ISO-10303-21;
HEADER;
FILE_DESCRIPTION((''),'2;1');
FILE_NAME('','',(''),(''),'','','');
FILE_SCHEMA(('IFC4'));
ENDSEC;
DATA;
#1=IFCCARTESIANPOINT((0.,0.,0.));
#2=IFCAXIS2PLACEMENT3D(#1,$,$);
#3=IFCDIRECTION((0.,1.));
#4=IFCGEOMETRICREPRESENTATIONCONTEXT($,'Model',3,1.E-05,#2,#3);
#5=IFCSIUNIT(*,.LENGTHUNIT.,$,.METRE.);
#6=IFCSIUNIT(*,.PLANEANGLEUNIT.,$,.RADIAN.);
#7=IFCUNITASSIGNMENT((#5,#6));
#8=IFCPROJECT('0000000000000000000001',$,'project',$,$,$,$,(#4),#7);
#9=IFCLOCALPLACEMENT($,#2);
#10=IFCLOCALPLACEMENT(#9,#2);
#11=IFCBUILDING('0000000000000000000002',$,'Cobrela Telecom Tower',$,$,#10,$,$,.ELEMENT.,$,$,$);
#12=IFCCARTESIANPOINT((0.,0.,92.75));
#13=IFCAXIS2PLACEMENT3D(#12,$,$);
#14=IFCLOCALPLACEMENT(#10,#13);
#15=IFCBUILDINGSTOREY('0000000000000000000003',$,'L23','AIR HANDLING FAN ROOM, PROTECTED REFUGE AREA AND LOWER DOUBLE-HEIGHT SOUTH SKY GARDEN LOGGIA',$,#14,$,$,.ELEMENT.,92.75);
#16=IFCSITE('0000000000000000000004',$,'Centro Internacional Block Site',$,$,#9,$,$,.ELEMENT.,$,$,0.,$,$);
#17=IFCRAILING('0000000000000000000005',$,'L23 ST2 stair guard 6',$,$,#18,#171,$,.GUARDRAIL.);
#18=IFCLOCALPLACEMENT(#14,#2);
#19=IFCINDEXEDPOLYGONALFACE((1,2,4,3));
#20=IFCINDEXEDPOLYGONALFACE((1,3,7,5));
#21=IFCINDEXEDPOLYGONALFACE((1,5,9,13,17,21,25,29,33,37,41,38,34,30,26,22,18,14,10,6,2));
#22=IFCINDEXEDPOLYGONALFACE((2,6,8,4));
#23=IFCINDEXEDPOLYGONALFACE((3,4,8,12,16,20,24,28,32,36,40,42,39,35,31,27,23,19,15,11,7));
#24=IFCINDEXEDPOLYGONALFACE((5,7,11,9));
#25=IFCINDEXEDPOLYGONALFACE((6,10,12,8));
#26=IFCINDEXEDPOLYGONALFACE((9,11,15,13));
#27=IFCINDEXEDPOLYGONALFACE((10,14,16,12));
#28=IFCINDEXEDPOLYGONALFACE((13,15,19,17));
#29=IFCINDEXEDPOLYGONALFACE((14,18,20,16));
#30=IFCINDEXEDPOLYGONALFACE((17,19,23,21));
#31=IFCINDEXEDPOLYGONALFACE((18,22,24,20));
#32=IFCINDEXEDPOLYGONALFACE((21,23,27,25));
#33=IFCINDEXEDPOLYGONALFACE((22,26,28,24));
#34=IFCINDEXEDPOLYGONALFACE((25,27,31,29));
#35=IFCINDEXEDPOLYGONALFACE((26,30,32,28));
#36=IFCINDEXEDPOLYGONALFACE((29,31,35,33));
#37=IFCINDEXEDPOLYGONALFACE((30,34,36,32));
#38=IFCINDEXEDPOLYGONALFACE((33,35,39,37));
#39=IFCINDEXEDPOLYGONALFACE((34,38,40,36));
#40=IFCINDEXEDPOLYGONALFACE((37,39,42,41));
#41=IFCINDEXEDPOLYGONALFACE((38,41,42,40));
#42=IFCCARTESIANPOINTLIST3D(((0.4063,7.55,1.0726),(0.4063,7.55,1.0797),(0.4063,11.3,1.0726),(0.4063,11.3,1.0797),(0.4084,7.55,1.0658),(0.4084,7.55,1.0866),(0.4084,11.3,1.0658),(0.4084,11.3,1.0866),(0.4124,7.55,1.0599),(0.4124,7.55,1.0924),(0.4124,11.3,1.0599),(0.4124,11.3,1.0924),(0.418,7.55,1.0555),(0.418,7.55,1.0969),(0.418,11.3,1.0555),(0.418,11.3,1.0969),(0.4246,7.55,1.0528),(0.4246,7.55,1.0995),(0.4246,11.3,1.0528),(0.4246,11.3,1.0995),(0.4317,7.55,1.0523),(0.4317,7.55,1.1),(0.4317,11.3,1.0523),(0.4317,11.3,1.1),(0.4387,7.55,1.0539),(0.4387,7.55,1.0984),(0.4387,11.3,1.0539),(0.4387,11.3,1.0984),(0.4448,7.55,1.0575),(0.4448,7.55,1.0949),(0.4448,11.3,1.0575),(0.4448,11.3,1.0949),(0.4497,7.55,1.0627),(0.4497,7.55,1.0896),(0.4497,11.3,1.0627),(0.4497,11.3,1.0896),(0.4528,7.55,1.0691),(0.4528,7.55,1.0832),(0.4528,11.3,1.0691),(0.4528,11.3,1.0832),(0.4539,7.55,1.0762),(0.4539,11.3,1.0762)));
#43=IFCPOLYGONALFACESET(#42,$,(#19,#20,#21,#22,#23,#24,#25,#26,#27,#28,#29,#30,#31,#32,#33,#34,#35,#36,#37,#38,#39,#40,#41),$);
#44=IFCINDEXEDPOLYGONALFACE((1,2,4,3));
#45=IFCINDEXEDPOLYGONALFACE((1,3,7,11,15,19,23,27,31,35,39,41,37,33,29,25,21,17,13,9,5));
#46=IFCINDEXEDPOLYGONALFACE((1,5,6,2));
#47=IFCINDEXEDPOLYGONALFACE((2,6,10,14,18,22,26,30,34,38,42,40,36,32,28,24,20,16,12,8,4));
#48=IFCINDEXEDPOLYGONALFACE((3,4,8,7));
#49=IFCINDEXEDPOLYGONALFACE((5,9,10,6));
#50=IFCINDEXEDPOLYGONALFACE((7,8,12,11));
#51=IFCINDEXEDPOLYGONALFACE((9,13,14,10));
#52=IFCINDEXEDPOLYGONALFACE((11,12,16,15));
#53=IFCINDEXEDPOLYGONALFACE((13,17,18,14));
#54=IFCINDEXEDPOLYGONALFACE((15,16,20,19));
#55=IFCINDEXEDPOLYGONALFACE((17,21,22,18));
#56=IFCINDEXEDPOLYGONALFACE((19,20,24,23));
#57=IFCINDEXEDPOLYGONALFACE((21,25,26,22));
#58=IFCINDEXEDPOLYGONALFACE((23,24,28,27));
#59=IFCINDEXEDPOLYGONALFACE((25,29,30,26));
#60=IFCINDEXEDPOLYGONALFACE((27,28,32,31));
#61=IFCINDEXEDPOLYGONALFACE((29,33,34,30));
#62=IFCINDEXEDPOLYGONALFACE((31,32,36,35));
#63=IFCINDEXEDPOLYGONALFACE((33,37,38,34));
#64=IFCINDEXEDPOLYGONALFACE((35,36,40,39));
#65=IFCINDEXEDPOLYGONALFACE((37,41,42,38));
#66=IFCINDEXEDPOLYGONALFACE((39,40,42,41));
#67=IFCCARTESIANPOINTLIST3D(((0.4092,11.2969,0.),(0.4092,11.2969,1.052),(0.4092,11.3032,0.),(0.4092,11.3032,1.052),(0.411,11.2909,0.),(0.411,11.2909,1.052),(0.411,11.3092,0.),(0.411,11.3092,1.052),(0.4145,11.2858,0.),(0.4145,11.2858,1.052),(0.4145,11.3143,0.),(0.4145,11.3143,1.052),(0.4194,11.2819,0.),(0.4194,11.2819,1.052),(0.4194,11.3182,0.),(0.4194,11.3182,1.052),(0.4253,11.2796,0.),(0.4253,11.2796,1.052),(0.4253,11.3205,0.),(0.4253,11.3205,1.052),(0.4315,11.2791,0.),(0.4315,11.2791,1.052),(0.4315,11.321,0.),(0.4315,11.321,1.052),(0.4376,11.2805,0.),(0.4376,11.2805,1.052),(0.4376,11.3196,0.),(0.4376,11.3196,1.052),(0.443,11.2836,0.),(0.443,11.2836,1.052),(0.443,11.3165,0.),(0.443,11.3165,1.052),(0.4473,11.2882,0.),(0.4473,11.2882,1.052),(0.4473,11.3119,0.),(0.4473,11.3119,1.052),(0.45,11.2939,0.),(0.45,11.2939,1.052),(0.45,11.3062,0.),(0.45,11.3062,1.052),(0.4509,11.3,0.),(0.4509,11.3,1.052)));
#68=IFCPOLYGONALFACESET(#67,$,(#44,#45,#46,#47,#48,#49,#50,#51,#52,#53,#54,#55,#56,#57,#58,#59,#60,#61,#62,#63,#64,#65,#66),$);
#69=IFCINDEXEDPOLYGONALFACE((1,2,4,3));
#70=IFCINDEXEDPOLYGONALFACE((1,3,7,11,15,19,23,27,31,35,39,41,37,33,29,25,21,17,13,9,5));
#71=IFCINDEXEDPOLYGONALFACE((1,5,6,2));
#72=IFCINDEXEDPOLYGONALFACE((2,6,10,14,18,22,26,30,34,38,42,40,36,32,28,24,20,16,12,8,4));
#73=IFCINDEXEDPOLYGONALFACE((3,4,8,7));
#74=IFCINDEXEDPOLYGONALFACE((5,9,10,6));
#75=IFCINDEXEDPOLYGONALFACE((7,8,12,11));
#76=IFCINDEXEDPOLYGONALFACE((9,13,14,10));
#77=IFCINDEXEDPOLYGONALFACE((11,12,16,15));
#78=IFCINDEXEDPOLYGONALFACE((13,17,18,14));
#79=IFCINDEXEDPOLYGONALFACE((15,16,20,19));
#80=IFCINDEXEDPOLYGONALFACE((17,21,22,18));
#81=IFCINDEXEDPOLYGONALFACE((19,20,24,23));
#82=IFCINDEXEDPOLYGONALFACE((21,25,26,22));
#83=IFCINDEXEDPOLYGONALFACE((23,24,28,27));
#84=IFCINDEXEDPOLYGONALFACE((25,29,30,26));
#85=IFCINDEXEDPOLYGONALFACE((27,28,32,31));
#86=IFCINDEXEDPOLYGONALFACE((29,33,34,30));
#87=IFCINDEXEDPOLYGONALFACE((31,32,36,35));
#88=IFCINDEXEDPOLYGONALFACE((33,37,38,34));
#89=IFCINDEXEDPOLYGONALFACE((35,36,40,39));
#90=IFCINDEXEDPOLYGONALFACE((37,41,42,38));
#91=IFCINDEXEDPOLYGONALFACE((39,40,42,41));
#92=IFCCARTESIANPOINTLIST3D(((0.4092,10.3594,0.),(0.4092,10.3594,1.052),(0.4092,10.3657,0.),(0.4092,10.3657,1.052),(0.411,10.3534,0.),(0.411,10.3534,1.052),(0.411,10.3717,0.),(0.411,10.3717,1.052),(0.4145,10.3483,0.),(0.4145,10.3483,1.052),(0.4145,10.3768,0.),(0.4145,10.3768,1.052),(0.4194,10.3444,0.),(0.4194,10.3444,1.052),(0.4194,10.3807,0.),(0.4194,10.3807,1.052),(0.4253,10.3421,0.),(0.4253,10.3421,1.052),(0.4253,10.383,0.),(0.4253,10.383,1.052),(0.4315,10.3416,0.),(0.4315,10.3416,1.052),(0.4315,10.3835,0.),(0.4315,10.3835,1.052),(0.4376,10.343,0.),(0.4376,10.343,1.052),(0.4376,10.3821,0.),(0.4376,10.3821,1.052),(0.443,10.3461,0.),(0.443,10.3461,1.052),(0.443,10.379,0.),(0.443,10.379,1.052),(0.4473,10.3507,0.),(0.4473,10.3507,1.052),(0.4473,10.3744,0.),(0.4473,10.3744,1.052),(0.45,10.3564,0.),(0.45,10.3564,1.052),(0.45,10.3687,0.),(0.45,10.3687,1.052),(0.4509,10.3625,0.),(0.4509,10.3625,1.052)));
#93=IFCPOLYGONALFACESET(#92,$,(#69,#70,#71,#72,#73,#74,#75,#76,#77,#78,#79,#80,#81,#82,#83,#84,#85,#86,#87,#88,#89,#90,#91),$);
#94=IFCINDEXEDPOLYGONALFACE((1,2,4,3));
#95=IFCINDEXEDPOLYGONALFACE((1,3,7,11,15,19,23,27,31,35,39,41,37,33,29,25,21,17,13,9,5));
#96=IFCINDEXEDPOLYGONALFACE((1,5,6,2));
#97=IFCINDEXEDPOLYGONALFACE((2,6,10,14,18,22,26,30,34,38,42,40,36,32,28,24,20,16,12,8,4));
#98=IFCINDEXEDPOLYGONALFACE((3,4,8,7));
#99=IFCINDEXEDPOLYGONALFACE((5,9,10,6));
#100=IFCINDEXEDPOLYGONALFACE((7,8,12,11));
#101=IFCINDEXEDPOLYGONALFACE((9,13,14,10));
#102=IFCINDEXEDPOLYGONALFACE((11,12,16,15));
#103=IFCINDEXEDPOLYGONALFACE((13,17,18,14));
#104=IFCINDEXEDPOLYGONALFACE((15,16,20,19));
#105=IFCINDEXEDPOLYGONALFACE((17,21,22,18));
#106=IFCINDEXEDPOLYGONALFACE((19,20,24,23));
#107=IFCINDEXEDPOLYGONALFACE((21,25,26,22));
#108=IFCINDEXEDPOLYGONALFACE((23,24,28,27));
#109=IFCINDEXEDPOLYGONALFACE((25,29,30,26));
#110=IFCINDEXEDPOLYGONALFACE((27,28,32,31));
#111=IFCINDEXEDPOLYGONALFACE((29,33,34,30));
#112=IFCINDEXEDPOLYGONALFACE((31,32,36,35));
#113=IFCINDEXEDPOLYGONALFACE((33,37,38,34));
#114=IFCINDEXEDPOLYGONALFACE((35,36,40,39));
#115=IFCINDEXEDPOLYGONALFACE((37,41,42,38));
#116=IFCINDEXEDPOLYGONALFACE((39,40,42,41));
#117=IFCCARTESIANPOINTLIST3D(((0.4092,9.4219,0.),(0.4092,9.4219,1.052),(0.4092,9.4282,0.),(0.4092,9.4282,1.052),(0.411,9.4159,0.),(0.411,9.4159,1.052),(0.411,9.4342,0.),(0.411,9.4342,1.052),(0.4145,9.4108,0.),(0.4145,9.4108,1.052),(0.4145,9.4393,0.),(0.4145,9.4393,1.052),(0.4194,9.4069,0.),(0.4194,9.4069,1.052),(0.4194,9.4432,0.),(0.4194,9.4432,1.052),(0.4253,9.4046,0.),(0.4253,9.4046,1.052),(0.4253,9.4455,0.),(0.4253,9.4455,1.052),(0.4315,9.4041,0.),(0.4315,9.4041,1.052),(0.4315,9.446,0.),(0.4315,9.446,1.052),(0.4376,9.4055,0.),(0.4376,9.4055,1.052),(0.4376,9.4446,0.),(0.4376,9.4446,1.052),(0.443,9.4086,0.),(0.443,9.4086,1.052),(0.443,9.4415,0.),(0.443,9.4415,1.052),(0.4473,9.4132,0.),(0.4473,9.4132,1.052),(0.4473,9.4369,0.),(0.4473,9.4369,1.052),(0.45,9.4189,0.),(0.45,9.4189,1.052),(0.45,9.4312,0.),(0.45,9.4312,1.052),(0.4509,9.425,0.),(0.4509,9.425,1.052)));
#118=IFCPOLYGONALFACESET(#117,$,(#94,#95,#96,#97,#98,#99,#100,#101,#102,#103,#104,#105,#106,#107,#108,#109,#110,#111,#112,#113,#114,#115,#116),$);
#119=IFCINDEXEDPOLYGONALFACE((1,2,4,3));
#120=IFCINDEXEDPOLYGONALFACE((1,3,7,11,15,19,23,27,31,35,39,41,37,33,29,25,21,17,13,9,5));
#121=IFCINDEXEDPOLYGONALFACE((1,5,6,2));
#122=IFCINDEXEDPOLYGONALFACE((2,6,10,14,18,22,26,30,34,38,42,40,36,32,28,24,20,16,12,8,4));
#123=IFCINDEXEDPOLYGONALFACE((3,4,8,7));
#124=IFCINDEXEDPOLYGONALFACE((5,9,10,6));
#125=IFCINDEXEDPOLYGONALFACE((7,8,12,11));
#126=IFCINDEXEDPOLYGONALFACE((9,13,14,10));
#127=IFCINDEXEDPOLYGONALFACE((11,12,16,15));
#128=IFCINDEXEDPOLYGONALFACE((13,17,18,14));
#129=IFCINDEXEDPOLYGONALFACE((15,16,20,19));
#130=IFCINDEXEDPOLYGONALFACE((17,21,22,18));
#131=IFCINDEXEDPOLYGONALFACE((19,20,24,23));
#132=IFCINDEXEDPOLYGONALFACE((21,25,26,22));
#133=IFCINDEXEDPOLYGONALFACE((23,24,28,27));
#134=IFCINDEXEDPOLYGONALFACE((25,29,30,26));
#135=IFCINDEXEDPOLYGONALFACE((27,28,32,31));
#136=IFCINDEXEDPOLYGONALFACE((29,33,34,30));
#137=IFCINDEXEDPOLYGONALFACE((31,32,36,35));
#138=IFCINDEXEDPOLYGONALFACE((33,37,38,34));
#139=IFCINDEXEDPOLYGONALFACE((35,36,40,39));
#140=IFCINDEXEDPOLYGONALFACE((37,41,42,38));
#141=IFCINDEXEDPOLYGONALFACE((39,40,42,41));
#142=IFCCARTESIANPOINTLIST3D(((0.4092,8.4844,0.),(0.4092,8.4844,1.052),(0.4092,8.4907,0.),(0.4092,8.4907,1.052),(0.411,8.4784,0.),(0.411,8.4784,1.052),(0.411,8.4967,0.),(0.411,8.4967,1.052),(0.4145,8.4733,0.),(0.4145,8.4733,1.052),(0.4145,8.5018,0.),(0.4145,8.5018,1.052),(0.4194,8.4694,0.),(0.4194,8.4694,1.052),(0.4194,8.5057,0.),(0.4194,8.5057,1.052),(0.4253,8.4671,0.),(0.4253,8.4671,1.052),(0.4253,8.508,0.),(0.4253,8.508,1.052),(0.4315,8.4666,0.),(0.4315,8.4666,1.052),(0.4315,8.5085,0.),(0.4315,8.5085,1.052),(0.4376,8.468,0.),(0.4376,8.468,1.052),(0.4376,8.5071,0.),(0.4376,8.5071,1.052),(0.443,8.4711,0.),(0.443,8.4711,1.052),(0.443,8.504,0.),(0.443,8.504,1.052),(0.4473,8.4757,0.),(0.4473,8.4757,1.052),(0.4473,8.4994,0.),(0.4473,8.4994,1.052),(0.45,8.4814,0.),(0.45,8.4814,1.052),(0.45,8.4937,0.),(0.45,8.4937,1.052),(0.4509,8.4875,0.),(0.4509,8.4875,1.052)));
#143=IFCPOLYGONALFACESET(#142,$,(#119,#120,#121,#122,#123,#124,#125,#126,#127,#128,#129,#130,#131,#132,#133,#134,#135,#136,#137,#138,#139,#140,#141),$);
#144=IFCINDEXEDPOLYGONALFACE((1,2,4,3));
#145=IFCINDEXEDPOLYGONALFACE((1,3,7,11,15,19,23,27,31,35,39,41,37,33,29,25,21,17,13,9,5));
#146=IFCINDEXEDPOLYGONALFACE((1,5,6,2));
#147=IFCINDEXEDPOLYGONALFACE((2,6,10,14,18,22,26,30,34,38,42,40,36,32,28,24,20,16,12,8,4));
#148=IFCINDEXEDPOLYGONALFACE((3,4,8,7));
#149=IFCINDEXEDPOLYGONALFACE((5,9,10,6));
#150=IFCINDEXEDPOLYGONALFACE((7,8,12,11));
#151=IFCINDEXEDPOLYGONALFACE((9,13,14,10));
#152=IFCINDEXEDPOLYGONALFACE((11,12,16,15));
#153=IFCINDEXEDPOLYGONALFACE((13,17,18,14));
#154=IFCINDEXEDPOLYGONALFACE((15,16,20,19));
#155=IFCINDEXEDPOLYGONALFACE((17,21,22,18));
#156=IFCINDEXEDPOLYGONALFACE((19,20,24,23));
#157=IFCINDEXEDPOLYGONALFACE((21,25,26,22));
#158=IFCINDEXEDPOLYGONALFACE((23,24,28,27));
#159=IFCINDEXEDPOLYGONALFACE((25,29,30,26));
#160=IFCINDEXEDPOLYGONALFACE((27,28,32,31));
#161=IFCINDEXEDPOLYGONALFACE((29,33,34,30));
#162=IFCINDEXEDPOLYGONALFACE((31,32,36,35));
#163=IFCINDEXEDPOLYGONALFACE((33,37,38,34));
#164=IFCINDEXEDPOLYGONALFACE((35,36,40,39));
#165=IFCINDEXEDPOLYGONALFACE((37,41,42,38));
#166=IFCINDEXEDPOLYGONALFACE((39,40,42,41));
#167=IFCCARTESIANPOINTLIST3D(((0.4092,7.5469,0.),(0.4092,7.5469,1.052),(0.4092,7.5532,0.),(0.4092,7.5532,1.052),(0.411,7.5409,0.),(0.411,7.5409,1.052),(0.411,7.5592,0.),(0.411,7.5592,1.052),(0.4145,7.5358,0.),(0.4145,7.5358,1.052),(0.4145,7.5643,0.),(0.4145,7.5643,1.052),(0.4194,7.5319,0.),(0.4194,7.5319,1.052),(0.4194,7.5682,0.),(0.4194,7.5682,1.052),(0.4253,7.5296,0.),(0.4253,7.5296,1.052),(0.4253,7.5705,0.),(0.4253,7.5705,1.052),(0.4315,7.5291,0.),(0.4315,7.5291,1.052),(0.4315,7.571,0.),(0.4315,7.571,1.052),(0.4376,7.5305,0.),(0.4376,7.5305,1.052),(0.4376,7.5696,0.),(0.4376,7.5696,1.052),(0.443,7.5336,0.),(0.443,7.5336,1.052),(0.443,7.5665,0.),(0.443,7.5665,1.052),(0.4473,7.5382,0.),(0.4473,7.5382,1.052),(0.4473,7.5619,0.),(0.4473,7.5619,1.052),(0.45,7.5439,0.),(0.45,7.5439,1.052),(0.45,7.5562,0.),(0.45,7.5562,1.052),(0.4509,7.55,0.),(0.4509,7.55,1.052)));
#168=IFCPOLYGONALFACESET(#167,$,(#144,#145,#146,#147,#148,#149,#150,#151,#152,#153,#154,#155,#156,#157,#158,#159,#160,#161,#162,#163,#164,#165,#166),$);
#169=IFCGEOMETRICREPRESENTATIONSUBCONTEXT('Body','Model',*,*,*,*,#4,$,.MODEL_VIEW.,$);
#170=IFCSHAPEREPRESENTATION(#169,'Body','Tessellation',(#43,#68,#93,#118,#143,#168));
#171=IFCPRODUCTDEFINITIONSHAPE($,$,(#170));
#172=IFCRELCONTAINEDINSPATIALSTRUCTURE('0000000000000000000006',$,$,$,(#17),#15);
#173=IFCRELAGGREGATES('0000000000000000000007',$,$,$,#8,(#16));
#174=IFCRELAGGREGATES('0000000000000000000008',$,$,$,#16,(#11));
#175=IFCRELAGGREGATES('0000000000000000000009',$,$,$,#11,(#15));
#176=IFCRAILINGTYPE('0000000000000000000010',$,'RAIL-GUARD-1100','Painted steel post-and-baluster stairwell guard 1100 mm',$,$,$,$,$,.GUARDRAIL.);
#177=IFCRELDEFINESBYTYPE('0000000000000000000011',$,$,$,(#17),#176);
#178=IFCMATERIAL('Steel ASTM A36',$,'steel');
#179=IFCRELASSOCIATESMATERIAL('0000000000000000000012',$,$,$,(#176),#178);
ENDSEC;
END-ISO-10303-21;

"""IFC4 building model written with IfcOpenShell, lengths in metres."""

from ifc_helpers import new_model, si_unit, direction, frame, origin, origin_2d, place, context, subcontext, project, spatial, circle, extrude, material, type_object, element, save


model = new_model("IFC4")

# Units and contexts
model_context = context("Model", 3, precision=1e-05, world=origin(), true_north=direction((0.0, 1.0)))
body_context = subcontext(model_context, "Body", "Model", "MODEL_VIEW")
ifc_project = project(units=[si_unit("LENGTHUNIT", "METRE"), si_unit("PLANEANGLEUNIT", "RADIAN")], contexts=[model_context])

# Site, building, storey
site_placement = place(None, origin())
site = spatial("IfcSite", under=ifc_project, at=site_placement, Name="Centro Internacional Block Site", CompositionType="ELEMENT", RefElevation=0.0)
building_placement = place(site_placement, origin())
building = spatial("IfcBuilding", under=site, at=building_placement, Name="Cobrela Telecom Tower", CompositionType="ELEMENT")
storey_placement = place(building_placement, frame((0.0, 0.0, 92.75)))
storey = spatial("IfcBuildingStorey", under=building, at=storey_placement, Name="L23", Description="AIR HANDLING FAN ROOM, PROTECTED REFUGE AREA AND LOWER DOUBLE-HEIGHT SOUTH SKY GARDEN LOGGIA", CompositionType="ELEMENT", Elevation=92.75)

# Railing
ifc_material_1 = material(Name="Steel ASTM A36", Category="steel")
railing_type_1 = type_object("IfcRailingType", Name="RAIL-GUARD-1100", Description="Painted steel post-and-baluster stairwell guard 1100 mm", PredefinedType="GUARDRAIL", material=ifc_material_1)
railing_1_placement = place(storey_placement, frame((0.4299, 11.3, 0.0)))
element("IfcRailing", 1, at=railing_1_placement, inside=storey, type_object=railing_type_1, Name="L23 ST2 stair guard 6", PredefinedType="GUARDRAIL", context=body_context, shape_type="SweptSolid", body=[
    extrude(circle(Radius=0.0239, at=origin_2d()), frame((0.0, 0.0, 1.0762), z_axis=(0.0, -1.0, 0.0), x_axis=(1.0, 0.0, 0.0)), (0.0, 0.0, 1.0), 3.75),
    extrude(circle(Radius=0.021, at=origin_2d()), origin(), (0.0, 0.0, 1.0), 1.052),
    extrude(circle(Radius=0.021, at=origin_2d()), frame((0.0, -0.9375, 0.0)), (0.0, 0.0, 1.0), 1.052),
    extrude(circle(Radius=0.021, at=origin_2d()), frame((0.0, -1.875, 0.0)), (0.0, 0.0, 1.0), 1.052),
    extrude(circle(Radius=0.021, at=origin_2d()), frame((0.0, -2.8125, 0.0)), (0.0, 0.0, 1.0), 1.052),
    extrude(circle(Radius=0.021, at=origin_2d()), frame((0.0, -3.75, 0.0)), (0.0, 0.0, 1.0), 1.052),
])

save(model, "model.ifc")
